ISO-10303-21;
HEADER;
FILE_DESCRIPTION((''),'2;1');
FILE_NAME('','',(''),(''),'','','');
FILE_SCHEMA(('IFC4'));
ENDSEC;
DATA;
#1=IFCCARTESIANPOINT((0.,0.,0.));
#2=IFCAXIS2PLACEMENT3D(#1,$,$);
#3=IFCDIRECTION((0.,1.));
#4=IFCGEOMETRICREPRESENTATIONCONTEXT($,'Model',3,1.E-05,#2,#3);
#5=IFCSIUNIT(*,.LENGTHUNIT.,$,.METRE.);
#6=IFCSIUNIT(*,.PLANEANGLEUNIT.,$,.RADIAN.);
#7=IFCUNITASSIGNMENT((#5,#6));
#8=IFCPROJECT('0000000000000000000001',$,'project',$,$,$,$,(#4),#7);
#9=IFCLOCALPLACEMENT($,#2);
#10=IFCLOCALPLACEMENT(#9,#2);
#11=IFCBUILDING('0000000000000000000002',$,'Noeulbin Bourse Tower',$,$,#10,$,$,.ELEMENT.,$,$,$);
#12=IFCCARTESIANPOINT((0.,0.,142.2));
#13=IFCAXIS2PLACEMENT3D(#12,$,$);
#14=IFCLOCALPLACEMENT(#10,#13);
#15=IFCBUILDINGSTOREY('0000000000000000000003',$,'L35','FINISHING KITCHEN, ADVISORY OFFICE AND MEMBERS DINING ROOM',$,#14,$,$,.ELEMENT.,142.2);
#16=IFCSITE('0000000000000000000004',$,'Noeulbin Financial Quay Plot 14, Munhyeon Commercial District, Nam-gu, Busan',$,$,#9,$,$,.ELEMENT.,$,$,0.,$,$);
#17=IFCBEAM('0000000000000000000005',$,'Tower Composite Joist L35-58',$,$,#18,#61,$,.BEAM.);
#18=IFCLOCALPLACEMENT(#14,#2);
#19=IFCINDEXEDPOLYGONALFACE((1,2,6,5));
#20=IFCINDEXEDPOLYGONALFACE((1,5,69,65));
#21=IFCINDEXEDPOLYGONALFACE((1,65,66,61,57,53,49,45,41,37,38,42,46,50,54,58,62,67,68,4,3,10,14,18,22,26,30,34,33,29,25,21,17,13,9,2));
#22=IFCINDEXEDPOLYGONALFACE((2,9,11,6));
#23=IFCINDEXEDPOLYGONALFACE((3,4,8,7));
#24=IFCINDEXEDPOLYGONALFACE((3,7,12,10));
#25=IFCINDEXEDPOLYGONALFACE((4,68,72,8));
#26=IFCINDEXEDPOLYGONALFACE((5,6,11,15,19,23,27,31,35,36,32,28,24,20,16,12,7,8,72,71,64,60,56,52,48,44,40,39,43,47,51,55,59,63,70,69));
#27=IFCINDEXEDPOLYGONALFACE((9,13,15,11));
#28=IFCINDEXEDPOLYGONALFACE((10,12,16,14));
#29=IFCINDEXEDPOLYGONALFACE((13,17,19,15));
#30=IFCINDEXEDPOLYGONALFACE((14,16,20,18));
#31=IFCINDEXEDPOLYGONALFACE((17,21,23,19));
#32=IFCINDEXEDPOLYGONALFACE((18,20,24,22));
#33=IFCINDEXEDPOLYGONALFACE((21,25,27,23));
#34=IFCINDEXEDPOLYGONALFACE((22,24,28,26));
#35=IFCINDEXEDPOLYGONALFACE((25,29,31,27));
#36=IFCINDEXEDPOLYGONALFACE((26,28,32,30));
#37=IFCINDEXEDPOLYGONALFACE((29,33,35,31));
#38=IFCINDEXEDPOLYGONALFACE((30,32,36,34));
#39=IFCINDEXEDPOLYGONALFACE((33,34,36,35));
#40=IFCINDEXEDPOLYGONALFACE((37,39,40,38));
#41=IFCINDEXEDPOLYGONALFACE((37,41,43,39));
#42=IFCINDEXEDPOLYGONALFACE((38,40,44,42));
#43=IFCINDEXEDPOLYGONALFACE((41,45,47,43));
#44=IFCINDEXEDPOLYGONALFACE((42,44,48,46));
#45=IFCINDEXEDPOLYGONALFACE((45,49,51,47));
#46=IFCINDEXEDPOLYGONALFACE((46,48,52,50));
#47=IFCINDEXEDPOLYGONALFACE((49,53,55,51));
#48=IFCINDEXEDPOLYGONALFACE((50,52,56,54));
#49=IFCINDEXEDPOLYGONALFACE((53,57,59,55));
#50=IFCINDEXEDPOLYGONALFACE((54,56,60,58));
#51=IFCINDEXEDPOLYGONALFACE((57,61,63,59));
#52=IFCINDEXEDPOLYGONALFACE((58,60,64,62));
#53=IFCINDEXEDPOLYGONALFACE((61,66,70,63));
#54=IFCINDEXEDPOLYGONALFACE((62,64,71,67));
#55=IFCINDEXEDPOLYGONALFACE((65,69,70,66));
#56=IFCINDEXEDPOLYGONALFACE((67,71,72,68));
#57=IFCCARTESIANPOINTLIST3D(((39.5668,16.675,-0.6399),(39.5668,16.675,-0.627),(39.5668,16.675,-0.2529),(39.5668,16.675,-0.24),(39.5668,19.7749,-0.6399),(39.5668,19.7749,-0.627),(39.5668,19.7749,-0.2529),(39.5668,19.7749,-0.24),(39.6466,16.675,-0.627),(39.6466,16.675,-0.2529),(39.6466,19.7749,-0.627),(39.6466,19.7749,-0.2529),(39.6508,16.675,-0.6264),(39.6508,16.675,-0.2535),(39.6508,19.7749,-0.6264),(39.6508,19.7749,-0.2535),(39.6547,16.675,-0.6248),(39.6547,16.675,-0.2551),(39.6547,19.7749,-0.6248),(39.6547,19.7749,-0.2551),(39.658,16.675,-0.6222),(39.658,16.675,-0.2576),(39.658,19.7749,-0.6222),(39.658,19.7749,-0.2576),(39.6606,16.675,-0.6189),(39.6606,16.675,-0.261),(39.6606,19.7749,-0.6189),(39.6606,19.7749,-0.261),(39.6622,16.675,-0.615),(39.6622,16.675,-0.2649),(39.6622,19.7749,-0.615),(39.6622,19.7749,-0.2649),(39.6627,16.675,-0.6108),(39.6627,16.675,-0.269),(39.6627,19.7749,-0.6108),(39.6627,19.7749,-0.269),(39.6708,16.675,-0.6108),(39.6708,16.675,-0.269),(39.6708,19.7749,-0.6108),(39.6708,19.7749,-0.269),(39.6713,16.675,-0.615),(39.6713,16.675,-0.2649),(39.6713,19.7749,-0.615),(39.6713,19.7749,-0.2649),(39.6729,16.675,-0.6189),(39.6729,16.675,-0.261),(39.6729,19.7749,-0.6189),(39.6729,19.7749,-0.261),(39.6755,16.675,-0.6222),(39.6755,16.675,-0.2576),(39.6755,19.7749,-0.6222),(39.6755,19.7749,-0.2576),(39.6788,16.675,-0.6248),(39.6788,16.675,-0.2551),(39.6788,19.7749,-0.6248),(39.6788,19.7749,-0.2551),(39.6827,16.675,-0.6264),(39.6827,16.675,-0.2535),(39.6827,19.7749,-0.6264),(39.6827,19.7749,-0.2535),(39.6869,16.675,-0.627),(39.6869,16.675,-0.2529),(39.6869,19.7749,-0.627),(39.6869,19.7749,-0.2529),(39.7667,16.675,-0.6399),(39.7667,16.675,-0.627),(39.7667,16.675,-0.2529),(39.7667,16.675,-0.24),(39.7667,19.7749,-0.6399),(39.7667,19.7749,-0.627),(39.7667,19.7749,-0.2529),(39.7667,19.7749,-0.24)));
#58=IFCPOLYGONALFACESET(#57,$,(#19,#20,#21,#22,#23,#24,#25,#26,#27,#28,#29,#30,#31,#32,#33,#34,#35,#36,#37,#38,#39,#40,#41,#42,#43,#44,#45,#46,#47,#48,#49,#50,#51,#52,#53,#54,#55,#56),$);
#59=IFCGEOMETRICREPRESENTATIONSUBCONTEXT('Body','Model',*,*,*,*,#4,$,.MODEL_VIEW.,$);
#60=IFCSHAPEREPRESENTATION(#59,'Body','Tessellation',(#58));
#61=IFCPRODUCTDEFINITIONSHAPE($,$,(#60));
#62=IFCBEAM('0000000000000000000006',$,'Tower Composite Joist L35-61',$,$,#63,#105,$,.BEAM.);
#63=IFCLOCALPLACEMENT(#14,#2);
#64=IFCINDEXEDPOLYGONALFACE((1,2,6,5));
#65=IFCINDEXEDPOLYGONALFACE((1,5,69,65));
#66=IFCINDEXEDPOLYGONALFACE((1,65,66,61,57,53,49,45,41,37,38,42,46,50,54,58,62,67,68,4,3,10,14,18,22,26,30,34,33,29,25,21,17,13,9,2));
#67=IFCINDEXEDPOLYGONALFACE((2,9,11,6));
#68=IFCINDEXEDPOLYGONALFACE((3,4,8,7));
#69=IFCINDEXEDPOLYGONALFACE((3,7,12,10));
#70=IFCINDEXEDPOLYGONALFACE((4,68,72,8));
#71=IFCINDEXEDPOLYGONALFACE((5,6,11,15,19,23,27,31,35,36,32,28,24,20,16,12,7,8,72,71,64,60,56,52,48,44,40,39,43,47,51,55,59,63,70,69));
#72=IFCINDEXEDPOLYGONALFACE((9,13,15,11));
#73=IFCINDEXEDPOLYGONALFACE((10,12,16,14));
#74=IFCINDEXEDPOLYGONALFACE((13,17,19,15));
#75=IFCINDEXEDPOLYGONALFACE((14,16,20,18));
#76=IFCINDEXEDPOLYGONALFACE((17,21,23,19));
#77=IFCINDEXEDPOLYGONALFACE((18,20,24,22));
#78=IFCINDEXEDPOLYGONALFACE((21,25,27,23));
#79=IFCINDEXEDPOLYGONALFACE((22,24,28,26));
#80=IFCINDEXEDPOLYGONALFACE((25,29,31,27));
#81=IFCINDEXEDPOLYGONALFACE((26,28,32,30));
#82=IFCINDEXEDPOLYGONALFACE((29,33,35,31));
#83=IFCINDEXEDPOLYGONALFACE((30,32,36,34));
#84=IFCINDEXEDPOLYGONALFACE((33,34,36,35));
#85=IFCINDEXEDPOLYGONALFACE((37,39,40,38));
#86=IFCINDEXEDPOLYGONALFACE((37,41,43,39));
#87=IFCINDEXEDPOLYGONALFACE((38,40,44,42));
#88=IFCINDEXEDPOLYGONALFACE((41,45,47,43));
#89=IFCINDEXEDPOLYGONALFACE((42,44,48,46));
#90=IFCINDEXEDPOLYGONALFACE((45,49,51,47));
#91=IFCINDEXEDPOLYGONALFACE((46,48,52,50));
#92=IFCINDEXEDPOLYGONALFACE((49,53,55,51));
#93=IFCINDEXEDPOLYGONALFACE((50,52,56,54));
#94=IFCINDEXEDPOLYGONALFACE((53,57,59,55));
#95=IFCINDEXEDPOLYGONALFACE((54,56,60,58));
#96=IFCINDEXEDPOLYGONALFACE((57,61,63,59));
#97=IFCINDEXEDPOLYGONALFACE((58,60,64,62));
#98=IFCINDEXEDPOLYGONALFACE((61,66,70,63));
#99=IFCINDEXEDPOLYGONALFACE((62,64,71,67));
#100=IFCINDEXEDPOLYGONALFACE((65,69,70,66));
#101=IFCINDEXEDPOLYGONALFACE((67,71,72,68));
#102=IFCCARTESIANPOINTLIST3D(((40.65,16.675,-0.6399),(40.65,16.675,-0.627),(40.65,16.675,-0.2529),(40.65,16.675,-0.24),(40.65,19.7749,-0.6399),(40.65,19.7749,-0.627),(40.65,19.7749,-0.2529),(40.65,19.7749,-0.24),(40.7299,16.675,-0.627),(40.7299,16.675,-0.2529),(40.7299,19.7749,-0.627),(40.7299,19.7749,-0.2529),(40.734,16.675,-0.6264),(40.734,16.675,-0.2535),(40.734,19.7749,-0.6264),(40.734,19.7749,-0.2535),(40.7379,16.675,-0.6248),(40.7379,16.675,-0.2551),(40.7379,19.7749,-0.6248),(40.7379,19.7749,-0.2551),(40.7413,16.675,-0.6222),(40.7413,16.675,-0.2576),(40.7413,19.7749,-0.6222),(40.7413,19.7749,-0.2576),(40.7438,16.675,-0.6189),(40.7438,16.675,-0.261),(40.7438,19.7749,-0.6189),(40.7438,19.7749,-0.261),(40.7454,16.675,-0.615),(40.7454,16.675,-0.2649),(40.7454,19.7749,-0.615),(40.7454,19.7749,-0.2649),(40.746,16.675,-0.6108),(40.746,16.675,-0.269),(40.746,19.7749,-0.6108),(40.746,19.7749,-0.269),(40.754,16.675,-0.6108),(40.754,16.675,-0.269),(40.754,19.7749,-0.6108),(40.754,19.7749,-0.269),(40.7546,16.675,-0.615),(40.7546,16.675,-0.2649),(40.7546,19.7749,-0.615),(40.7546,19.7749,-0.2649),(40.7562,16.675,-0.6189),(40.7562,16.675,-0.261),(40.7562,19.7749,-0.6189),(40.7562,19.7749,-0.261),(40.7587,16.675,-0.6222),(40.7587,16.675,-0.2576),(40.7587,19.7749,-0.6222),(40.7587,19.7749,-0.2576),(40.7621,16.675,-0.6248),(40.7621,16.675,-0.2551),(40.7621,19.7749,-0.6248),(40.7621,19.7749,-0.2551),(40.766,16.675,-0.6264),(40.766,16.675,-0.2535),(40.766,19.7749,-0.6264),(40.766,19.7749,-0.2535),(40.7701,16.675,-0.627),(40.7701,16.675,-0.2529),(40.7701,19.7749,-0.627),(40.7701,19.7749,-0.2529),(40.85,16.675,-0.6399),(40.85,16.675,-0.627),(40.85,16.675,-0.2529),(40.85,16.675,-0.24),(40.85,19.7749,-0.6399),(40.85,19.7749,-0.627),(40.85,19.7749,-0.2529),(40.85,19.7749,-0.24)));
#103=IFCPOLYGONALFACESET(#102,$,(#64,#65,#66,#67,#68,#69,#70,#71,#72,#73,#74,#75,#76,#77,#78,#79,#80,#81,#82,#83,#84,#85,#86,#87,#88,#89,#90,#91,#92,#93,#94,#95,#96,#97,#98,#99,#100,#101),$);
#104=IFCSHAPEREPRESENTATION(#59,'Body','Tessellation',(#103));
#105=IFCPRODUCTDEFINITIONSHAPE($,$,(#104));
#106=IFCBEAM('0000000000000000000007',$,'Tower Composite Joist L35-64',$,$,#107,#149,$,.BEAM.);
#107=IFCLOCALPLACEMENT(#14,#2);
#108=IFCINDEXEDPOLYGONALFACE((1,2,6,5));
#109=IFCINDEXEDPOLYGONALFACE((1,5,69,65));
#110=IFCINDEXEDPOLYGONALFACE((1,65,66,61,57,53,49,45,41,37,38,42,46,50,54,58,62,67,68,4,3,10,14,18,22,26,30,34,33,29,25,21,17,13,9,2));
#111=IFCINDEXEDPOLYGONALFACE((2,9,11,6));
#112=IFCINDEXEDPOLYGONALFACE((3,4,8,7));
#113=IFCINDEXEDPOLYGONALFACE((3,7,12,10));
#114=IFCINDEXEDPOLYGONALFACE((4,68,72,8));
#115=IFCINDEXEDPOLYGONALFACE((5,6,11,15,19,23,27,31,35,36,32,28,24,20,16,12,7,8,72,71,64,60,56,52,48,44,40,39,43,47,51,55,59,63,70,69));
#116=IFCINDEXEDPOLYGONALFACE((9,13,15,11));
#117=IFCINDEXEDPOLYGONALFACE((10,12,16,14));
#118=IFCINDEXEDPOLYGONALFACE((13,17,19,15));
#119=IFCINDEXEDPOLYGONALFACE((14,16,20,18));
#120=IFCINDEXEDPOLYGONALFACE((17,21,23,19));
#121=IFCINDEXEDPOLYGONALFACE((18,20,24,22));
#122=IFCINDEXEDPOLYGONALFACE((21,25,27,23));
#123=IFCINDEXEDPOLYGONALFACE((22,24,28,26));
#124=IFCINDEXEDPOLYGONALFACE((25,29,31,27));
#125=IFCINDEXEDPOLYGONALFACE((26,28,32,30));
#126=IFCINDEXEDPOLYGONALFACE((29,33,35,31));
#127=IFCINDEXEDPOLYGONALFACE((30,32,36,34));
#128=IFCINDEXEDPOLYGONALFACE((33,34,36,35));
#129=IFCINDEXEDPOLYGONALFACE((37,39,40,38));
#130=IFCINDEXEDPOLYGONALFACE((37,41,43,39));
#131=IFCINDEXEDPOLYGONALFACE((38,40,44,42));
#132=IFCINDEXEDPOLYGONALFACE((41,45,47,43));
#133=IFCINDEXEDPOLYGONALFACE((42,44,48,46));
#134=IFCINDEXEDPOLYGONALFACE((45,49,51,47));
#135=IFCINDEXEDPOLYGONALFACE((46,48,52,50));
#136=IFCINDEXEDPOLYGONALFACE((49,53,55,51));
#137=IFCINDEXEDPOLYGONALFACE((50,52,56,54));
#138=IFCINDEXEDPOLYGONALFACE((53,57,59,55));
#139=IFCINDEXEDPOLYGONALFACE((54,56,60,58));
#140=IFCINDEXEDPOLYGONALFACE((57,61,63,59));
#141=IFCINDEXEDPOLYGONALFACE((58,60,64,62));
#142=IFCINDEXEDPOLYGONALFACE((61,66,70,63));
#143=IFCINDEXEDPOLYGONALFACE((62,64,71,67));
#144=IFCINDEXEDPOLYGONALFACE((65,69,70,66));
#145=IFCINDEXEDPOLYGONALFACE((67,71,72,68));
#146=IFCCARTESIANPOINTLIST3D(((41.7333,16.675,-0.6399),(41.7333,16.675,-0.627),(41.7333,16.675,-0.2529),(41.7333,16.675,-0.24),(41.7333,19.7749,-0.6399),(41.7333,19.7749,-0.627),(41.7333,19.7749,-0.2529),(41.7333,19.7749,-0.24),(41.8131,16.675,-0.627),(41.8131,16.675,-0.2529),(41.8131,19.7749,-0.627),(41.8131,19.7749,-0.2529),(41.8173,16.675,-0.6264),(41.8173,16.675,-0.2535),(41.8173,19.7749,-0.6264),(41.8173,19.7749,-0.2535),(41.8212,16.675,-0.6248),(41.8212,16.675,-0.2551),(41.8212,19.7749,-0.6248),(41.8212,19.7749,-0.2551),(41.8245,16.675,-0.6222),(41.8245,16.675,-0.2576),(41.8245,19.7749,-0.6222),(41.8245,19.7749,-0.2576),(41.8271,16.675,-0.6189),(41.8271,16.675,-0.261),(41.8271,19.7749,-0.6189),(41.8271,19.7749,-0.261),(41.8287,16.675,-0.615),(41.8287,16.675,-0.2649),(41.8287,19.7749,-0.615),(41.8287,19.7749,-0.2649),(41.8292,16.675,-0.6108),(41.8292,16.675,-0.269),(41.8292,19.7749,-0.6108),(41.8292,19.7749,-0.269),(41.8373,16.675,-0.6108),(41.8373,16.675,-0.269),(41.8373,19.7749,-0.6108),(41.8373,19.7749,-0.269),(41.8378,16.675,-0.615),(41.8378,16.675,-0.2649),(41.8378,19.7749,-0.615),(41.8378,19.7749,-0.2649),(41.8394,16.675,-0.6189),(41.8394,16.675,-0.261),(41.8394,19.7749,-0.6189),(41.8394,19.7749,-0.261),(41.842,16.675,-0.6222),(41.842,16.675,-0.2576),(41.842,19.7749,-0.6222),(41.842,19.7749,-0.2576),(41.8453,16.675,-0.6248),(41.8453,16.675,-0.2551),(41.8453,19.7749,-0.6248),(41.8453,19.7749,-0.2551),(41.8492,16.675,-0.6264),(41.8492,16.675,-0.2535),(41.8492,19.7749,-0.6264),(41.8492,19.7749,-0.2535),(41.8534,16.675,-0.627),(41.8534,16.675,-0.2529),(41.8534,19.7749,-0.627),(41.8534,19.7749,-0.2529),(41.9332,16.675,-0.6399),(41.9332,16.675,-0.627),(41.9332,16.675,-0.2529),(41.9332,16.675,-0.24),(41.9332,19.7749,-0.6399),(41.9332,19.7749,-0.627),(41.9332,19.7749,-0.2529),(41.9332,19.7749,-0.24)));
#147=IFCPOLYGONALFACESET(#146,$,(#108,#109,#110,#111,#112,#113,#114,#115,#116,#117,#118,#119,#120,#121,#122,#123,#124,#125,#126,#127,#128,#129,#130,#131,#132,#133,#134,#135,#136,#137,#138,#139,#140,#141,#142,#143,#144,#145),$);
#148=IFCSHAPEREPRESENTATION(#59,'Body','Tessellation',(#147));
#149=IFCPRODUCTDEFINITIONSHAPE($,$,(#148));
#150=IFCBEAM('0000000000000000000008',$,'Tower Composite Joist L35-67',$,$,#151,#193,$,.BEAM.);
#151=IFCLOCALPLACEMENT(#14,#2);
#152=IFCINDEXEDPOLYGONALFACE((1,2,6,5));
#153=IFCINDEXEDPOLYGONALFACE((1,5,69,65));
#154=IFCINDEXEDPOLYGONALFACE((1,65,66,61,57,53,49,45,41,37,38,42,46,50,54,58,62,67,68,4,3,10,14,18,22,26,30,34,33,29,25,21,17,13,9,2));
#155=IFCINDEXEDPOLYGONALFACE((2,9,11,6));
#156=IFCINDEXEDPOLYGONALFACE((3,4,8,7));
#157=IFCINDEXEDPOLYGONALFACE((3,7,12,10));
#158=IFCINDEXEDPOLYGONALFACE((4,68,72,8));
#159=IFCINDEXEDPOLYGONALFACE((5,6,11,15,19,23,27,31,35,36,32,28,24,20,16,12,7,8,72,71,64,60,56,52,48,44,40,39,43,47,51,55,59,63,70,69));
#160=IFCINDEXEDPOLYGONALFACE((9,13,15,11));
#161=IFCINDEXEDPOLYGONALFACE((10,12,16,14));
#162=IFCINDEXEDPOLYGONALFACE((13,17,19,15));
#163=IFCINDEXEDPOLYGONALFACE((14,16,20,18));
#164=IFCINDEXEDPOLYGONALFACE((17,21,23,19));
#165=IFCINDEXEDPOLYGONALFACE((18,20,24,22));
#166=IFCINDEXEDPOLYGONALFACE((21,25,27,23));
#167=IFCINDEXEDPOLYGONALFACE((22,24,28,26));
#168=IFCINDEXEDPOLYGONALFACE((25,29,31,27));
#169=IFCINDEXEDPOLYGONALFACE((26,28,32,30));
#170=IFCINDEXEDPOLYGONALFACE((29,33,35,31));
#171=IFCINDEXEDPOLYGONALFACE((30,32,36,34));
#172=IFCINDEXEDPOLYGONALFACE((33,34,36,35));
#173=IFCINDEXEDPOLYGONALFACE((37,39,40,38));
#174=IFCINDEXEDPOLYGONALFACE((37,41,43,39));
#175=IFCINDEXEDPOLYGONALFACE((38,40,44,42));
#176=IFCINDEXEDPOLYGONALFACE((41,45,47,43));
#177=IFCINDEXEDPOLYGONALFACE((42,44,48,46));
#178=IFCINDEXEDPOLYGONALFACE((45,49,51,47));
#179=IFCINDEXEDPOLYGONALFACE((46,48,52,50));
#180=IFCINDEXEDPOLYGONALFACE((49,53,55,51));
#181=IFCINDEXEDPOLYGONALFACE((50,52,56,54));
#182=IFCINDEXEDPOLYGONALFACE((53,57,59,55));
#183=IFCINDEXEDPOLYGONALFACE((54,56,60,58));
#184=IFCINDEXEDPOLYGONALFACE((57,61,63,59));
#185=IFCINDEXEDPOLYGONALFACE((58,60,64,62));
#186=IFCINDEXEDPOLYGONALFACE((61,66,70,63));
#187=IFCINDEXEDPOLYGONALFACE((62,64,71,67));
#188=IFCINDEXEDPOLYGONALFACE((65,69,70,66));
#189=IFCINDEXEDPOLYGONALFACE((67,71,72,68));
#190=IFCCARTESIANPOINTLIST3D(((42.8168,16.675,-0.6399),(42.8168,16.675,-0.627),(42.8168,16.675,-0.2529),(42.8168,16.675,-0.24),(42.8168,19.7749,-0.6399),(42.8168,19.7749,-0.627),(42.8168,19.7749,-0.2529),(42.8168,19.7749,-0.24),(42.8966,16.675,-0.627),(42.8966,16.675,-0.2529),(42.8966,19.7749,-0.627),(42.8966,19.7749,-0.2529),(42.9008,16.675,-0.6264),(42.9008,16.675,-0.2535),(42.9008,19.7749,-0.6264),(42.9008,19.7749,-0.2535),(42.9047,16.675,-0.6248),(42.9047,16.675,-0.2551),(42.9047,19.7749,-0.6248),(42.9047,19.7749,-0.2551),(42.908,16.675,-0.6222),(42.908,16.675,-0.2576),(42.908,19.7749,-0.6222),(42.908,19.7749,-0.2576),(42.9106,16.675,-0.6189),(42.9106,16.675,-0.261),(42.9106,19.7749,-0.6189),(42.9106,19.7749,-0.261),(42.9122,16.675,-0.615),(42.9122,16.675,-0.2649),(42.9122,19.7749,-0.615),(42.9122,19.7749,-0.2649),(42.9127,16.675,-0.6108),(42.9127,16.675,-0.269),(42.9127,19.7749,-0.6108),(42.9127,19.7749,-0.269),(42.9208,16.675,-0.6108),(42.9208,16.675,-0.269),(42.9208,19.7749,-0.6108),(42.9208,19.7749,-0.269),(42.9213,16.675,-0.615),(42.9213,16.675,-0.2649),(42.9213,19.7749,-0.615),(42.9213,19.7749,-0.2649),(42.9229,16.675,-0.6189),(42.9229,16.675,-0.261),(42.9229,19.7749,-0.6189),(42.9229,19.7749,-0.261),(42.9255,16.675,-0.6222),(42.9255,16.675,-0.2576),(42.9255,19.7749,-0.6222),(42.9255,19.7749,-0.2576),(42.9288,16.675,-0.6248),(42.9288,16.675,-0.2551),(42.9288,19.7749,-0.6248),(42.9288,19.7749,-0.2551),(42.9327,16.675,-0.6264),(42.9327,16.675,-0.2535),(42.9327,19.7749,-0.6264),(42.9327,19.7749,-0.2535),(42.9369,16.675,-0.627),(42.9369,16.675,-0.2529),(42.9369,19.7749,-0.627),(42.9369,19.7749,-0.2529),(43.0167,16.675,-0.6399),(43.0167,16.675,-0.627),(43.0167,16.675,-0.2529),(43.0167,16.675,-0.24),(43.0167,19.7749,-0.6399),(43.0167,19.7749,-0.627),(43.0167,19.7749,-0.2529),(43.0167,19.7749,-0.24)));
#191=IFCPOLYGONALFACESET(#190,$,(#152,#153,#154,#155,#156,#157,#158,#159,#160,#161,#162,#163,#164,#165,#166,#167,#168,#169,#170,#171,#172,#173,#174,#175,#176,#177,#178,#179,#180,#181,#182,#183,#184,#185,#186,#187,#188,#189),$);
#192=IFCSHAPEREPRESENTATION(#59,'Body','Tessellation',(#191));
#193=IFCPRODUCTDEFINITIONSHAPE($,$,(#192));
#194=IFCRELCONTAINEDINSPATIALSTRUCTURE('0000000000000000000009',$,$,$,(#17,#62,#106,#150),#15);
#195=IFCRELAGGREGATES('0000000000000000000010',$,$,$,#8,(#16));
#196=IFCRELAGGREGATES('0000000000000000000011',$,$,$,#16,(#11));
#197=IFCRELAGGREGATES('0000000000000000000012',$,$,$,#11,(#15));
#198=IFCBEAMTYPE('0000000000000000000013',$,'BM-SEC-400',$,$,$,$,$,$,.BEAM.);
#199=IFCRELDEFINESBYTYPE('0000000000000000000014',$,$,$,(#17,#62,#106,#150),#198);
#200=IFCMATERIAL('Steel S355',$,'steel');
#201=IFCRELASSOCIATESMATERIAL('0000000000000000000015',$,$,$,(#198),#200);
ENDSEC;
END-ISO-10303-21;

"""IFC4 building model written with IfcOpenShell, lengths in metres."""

from ifc_helpers import new_model, si_unit, direction, frame, origin, origin_2d, place, context, subcontext, project, spatial, i_section, extrude, material, material_profile, profile_set, type_object, element, save


model = new_model("IFC4")

# Units and contexts
model_context = context("Model", 3, precision=1e-05, world=origin(), true_north=direction((0.0, 1.0)))
body_context = subcontext(model_context, "Body", "Model", "MODEL_VIEW")
ifc_project = project(units=[si_unit("LENGTHUNIT", "METRE"), si_unit("PLANEANGLEUNIT", "RADIAN")], contexts=[model_context])

# Site, building, storey
site_placement = place(None, origin())
site = spatial("IfcSite", under=ifc_project, at=site_placement, Name="Noeulbin Financial Quay Plot 14, Munhyeon Commercial District, Nam-gu, Busan", CompositionType="ELEMENT", RefElevation=0.0)
building_placement = place(site_placement, origin())
building = spatial("IfcBuilding", under=site, at=building_placement, Name="Noeulbin Bourse Tower", CompositionType="ELEMENT")
storey_placement = place(building_placement, frame((0.0, 0.0, 142.2)))
storey = spatial("IfcBuildingStorey", under=building, at=storey_placement, Name="L35", Description="FINISHING KITCHEN, ADVISORY OFFICE AND MEMBERS DINING ROOM", CompositionType="ELEMENT", Elevation=142.2)

# Shared definitions
ifc_material_1 = material(Name="Steel S355", Category="steel")

# Beams
ifc_material_profile_1 = material_profile(ifc_material_1, i_section(OverallWidth=0.2, OverallDepth=0.3999, WebThickness=0.0081, FlangeThickness=0.0129, FilletRadius=0.0161, at=origin_2d()), Name="H-400x200x8x13", Category="LoadBearing")
ifc_profile_set_1 = profile_set([ifc_material_profile_1], Name="Steel S355")
beam_type_1 = type_object("IfcBeamType", Name="BM-SEC-400", PredefinedType="BEAM", material=ifc_profile_set_1)
for number, where, z_axis, x_axis, name in (
    (1, (39.6667, 16.675, -0.4399), (0.0, 1.0, 0.0), (-1.0, 0.0, 0.0), "Tower Composite Joist L35-58"),
    (2, (40.75, 16.675, -0.4399), (0.0, 1.0, 0.0), (-1.0, 0.0, 0.0), "Tower Composite Joist L35-61"),
    (3, (41.8333, 16.675, -0.4399), (0.0, 1.0, 0.0), (-1.0, 0.0, 0.0), "Tower Composite Joist L35-64"),
    (4, (42.9167, 16.675, -0.4399), (0.0, 1.0, 0.0), (-1.0, 0.0, 0.0), "Tower Composite Joist L35-67"),
):
    element("IfcBeam", number, at=place(storey_placement, frame(where, z_axis=z_axis, x_axis=x_axis)), inside=storey, type_object=beam_type_1, Name=name, PredefinedType="BEAM", context=body_context, shape_type="SweptSolid", body=[
        extrude(i_section(OverallWidth=0.2, OverallDepth=0.3999, WebThickness=0.0081, FlangeThickness=0.0129, FilletRadius=0.0161, at=origin_2d()), origin(), (0.0, 0.0, 1.0), 3.0999),
    ])

save(model, "model.ifc")
